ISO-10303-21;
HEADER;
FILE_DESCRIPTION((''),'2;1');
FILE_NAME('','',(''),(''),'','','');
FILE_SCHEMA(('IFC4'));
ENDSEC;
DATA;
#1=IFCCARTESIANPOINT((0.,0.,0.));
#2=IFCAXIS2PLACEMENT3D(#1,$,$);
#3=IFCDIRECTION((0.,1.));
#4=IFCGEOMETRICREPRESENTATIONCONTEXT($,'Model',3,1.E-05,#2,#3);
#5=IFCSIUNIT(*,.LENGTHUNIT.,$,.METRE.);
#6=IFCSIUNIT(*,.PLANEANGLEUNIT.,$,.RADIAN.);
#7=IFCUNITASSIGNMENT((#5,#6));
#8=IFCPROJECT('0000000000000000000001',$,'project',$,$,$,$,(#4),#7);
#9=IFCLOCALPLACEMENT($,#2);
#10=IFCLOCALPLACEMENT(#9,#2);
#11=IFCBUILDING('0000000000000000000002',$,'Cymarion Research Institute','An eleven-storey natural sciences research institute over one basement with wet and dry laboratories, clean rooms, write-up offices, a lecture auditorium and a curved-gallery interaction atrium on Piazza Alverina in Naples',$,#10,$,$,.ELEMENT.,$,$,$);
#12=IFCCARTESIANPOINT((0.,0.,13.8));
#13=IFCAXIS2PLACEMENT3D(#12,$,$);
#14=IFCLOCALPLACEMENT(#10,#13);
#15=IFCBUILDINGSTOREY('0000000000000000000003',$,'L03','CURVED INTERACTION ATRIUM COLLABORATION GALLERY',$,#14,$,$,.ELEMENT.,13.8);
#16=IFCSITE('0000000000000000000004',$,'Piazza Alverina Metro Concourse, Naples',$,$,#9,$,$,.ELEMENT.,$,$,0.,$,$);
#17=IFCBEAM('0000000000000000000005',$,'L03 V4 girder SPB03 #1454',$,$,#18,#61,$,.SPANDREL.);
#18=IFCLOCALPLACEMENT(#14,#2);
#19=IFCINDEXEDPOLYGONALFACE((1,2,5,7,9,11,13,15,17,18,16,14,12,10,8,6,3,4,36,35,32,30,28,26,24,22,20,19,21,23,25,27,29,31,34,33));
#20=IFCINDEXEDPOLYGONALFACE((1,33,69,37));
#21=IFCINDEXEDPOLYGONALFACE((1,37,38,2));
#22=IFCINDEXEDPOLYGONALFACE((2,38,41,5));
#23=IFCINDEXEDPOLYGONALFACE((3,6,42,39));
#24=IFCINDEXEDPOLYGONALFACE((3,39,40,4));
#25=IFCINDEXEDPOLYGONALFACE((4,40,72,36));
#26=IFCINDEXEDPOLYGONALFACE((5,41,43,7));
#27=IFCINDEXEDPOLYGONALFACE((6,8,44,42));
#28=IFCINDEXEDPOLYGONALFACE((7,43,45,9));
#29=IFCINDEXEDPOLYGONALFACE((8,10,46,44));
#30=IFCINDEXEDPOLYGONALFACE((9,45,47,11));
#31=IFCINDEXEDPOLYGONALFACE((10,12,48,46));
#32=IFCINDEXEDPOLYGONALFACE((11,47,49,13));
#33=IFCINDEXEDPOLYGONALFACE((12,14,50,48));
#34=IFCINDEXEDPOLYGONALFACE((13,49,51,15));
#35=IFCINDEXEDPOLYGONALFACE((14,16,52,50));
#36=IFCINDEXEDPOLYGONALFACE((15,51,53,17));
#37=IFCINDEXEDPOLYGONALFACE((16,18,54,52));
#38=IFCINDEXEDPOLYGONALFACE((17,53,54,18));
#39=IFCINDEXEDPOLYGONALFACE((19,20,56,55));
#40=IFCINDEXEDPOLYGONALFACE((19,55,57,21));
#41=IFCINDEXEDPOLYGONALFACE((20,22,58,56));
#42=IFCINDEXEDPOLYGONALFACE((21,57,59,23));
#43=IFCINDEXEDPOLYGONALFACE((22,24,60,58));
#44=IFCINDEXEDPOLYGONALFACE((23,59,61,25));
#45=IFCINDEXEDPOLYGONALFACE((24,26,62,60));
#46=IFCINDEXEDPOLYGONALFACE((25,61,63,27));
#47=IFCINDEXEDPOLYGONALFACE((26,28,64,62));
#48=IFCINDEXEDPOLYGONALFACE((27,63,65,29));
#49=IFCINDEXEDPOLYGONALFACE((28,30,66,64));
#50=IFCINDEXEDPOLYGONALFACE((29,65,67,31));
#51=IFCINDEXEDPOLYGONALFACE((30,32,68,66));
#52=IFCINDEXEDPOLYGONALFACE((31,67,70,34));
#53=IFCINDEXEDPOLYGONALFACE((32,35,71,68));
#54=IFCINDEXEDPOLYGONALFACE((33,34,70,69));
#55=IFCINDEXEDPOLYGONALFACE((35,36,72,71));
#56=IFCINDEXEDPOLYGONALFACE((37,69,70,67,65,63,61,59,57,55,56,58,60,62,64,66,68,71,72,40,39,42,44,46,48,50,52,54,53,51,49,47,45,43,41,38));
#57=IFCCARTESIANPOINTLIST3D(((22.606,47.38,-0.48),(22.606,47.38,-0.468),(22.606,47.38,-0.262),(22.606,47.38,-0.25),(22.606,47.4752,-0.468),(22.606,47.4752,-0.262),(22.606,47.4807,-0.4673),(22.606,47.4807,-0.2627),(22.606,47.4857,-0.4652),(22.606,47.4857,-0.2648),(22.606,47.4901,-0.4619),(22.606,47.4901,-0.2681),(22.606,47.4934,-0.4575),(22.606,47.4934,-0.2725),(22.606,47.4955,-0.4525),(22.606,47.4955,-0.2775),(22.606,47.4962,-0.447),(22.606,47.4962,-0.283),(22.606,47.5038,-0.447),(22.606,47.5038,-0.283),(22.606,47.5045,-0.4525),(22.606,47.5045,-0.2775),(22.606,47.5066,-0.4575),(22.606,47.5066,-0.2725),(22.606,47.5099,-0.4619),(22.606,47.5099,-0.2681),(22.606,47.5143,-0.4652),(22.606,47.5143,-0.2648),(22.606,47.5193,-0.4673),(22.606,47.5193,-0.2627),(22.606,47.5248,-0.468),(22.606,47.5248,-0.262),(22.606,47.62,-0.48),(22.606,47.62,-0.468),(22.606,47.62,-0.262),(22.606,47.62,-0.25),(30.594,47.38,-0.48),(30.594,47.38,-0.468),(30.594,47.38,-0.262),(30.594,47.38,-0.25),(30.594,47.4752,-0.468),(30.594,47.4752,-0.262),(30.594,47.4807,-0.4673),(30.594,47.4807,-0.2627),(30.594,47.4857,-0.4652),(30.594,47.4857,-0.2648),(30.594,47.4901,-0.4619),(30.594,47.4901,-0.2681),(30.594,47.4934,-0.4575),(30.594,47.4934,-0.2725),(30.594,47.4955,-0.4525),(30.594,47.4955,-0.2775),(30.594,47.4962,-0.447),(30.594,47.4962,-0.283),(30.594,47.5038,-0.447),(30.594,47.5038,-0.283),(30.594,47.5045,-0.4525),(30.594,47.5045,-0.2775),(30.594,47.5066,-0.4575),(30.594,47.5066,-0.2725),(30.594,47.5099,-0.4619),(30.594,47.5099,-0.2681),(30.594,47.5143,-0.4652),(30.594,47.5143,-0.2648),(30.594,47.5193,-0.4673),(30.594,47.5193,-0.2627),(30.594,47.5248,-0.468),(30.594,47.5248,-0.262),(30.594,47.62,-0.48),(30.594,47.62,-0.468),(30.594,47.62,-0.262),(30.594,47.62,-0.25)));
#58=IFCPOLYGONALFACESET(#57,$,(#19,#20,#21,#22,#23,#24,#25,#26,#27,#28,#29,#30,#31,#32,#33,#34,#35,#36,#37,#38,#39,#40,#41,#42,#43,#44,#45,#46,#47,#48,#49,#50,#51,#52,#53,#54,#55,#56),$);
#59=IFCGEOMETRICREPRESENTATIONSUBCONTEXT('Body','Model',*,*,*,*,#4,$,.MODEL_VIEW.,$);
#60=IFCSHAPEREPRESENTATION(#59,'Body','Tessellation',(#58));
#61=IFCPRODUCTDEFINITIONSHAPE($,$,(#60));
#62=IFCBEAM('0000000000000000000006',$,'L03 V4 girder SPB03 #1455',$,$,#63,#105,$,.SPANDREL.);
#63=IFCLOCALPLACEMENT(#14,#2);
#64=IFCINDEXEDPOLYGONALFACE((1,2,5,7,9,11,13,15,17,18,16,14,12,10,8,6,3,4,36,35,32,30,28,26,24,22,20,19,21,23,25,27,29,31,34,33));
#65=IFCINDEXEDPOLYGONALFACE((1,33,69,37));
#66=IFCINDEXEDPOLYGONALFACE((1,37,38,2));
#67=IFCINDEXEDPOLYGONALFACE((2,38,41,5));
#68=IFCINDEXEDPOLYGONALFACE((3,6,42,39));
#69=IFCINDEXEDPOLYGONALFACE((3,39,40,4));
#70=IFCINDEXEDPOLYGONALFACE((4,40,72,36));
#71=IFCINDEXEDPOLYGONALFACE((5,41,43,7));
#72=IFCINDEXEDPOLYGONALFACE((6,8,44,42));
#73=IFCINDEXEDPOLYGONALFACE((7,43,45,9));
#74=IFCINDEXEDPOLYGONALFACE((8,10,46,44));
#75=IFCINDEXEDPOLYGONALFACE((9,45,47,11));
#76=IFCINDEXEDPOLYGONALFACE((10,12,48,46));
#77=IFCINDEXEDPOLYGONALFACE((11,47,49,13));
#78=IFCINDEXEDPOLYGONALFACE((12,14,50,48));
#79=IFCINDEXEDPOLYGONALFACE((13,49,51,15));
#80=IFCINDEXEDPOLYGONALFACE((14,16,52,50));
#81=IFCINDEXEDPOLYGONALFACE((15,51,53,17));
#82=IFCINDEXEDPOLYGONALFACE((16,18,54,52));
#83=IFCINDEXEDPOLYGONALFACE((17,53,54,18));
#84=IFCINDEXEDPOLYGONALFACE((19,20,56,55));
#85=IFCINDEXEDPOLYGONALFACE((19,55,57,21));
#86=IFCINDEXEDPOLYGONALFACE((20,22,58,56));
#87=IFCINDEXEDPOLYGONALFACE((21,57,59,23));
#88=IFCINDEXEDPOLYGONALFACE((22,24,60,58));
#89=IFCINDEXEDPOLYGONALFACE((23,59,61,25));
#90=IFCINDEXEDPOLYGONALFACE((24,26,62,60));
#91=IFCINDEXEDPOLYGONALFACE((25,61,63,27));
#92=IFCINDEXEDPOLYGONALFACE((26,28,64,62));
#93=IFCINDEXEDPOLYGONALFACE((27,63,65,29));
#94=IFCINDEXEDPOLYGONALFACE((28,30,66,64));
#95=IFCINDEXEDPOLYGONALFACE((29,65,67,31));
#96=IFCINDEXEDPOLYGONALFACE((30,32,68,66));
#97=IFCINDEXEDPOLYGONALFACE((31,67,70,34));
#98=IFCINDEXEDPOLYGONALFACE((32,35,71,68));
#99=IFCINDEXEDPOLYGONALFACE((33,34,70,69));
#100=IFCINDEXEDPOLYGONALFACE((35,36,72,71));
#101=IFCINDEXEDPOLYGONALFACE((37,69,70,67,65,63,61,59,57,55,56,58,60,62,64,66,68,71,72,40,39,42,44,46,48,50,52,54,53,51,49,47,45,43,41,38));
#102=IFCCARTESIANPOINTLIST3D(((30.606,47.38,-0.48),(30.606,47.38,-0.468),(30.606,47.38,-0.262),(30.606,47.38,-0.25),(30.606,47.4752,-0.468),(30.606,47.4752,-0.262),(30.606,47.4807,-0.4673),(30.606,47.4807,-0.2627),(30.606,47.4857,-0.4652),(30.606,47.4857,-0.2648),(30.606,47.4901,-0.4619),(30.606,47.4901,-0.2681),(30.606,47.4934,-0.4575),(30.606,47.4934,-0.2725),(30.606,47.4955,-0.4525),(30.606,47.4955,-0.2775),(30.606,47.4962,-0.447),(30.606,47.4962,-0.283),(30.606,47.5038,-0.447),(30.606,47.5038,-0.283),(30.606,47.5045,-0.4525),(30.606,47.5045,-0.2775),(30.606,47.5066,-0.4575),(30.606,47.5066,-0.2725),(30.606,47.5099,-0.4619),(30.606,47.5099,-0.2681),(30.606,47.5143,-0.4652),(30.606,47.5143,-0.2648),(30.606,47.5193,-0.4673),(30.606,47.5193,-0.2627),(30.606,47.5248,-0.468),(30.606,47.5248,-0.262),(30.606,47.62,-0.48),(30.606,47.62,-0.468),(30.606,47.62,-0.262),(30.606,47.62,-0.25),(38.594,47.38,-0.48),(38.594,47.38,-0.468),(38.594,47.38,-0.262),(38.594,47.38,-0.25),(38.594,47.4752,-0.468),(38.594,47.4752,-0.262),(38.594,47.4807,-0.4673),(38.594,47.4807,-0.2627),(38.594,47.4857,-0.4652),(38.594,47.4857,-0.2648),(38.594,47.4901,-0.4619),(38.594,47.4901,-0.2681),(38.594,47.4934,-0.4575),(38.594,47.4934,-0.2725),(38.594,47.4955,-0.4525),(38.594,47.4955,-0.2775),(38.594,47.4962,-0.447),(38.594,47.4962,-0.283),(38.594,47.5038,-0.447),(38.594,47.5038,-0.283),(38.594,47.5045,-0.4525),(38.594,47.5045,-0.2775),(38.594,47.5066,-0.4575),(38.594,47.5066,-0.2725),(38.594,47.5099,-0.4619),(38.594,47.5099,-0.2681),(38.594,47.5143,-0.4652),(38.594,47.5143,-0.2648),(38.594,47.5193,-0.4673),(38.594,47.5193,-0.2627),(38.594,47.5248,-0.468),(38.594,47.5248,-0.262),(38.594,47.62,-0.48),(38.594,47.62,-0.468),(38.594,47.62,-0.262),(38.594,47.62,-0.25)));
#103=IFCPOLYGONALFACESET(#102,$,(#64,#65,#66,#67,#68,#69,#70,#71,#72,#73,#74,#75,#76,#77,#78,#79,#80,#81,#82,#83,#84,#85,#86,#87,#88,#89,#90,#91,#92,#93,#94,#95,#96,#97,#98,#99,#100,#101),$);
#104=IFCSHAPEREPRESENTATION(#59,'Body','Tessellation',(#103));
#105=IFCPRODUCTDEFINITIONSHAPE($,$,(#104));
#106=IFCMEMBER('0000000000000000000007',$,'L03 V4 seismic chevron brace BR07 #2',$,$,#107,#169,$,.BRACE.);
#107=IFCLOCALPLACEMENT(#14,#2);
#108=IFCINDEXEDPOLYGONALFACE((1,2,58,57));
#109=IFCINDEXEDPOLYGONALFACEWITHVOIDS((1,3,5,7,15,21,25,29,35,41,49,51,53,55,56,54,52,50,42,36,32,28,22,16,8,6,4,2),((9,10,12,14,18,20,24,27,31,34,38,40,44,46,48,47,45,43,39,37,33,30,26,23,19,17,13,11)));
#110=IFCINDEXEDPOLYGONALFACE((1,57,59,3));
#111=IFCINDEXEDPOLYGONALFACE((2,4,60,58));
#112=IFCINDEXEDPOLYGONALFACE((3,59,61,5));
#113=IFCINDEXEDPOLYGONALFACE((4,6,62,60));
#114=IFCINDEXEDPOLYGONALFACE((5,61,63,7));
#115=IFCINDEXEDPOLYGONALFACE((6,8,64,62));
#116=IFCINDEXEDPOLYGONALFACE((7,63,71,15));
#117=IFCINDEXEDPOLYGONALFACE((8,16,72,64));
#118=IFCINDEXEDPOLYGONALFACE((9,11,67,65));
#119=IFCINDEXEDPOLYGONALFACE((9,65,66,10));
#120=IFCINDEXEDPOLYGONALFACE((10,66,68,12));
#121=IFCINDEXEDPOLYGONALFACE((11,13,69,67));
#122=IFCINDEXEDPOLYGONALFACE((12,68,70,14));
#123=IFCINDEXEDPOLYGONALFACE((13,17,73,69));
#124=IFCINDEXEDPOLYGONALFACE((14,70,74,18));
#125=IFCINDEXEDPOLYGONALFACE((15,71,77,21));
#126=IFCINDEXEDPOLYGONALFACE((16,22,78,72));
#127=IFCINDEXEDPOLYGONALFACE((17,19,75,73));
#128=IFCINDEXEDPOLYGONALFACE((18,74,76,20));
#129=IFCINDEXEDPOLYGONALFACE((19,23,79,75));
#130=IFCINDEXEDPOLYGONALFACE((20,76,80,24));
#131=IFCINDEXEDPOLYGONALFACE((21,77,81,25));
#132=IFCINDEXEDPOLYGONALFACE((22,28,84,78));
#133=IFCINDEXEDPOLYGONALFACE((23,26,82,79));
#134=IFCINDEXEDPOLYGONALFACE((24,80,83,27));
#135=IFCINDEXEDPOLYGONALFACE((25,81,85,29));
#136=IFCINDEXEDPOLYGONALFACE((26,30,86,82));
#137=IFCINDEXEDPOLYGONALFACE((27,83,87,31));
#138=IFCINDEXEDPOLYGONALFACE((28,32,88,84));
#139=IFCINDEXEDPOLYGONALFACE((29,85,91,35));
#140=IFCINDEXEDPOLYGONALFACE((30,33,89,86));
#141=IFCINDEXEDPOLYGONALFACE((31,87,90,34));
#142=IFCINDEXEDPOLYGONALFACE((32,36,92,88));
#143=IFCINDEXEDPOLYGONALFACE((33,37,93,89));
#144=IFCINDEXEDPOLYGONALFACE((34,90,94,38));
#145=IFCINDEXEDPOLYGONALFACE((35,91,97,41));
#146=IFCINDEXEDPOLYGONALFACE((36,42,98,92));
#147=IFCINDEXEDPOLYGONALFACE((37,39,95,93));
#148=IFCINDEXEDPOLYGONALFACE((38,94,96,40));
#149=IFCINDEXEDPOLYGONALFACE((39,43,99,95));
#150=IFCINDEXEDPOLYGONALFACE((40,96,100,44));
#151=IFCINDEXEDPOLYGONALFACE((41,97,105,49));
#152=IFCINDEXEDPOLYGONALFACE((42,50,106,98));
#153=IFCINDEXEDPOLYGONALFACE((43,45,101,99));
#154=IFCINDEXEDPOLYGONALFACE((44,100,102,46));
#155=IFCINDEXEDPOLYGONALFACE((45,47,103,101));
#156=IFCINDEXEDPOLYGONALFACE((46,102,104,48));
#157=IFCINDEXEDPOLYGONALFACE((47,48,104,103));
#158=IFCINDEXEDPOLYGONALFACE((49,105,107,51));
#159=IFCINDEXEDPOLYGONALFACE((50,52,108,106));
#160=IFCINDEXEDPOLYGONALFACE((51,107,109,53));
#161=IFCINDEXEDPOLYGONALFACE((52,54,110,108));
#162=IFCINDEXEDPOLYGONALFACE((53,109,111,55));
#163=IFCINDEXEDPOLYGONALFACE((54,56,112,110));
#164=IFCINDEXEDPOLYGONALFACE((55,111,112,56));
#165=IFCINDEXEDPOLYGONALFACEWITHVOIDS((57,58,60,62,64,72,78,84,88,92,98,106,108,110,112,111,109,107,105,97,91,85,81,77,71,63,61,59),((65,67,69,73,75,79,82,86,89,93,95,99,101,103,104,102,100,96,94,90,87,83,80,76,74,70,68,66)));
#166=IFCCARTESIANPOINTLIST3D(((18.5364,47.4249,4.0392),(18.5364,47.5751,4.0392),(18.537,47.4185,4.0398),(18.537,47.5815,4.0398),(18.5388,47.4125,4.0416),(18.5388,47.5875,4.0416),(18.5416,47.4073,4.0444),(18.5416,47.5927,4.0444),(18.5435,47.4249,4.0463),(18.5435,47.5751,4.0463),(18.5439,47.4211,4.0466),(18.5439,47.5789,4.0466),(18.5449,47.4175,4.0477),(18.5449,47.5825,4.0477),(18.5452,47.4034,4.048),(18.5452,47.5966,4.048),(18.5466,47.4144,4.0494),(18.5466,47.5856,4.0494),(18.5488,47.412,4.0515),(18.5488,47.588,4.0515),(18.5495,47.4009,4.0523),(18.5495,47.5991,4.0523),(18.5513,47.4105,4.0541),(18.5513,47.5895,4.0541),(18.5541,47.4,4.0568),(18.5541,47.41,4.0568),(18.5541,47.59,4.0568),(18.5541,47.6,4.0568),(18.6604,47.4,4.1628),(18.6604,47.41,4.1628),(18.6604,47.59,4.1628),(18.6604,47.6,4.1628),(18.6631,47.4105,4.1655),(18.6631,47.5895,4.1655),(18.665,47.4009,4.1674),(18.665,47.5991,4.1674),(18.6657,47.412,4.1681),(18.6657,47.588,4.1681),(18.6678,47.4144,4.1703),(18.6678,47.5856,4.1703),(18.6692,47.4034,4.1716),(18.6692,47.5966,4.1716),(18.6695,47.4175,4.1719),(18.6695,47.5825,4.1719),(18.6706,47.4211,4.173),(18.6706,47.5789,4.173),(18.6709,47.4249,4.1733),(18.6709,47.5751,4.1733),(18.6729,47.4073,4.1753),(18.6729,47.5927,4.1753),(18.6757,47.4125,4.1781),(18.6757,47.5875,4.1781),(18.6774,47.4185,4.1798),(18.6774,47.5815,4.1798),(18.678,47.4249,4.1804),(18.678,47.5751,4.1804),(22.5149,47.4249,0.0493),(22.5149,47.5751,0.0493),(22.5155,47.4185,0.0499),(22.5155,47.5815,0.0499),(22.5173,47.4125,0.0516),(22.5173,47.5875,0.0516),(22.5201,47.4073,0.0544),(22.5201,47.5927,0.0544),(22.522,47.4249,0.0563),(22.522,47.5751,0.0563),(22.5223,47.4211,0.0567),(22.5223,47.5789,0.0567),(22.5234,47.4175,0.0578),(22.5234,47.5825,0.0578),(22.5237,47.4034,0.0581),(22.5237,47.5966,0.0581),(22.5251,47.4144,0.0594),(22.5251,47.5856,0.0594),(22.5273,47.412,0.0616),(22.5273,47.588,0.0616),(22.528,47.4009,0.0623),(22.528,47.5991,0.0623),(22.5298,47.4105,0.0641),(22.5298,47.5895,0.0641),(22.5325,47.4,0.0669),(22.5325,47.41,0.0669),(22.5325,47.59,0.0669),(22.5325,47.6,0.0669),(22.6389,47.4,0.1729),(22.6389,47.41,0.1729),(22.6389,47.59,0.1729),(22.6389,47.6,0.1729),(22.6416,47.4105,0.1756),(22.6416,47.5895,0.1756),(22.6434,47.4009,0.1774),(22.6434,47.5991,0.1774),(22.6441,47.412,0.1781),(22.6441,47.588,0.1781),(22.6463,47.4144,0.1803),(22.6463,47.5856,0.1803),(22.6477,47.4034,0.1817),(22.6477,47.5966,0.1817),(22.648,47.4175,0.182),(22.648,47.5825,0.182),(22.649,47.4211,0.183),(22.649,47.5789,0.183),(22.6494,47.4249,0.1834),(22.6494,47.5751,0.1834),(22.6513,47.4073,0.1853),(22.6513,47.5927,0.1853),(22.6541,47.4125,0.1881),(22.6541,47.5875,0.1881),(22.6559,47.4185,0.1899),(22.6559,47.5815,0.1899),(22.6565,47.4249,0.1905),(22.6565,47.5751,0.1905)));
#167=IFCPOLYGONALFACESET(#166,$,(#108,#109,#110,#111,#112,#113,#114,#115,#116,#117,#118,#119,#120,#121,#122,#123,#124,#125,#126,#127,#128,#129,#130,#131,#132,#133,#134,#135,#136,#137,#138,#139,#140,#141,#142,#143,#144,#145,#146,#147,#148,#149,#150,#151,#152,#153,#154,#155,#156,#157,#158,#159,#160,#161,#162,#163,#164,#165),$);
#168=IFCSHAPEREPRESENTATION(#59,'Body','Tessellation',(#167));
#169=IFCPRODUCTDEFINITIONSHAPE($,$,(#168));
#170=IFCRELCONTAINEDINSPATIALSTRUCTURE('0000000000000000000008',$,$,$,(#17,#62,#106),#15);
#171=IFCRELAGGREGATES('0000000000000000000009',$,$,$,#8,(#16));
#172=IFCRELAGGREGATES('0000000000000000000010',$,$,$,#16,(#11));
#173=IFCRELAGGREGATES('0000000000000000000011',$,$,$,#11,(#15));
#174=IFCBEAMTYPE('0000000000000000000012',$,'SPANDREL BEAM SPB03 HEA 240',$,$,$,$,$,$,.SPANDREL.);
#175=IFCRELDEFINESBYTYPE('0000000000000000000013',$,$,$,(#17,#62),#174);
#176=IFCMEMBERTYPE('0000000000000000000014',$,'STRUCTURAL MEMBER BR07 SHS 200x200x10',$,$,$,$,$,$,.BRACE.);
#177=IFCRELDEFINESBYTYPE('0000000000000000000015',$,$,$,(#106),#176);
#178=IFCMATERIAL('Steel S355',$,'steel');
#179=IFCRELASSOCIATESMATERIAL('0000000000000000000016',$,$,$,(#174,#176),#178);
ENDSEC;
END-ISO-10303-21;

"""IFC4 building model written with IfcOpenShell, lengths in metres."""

from ifc_helpers import new_model, si_unit, direction, frame, origin, origin_2d, place, context, subcontext, project, spatial, hollow_rectangle, i_section, extrude, material, material_profile, profile_set, type_object, element, save


model = new_model("IFC4")

# Units and contexts
model_context = context("Model", 3, precision=1e-05, world=origin(), true_north=direction((0.0, 1.0)))
body_context = subcontext(model_context, "Body", "Model", "MODEL_VIEW")
ifc_project = project(units=[si_unit("LENGTHUNIT", "METRE"), si_unit("PLANEANGLEUNIT", "RADIAN")], contexts=[model_context])

# Site, building, storey
site_placement = place(None, origin())
site = spatial("IfcSite", under=ifc_project, at=site_placement, Name="Piazza Alverina Metro Concourse, Naples", CompositionType="ELEMENT", RefElevation=0.0)
building_placement = place(site_placement, origin())
building = spatial("IfcBuilding", under=site, at=building_placement, Name="Cymarion Research Institute", Description="An eleven-storey natural sciences research institute over one basement with wet and dry laboratories, clean rooms, write-up offices, a lecture auditorium and a curved-gallery interaction atrium on Piazza Alverina in Naples", CompositionType="ELEMENT")
storey_placement = place(building_placement, frame((0.0, 0.0, 13.8)))
storey = spatial("IfcBuildingStorey", under=building, at=storey_placement, Name="L03", Description="CURVED INTERACTION ATRIUM COLLABORATION GALLERY", CompositionType="ELEMENT", Elevation=13.8)

# Shared definitions
ifc_material_1 = material(Name="Steel S355", Category="steel")

# Beams
ifc_material_profile_1 = material_profile(ifc_material_1, i_section(OverallWidth=0.24, OverallDepth=0.23, WebThickness=0.0076, FlangeThickness=0.012, FilletRadius=0.021, at=origin_2d()), Name="HEA 240")
ifc_profile_set_1 = profile_set([ifc_material_profile_1], Name="Steel S355")
beam_type_1 = type_object("IfcBeamType", Name="SPANDREL BEAM SPB03 HEA 240", PredefinedType="SPANDREL", material=ifc_profile_set_1)
for number, where, z_axis, x_axis, name in (
    (1, (22.606, 47.5, -0.365), (1.0, 0.0, 0.0), (0.0, 1.0, 0.0), "L03 V4 girder SPB03 #1454"),
    (2, (30.606, 47.5, -0.365), (1.0, 0.0, 0.0), (0.0, 1.0, 0.0), "L03 V4 girder SPB03 #1455"),
):
    element("IfcBeam", number, at=place(storey_placement, frame(where, z_axis=z_axis, x_axis=x_axis)), inside=storey, type_object=beam_type_1, Name=name, PredefinedType="SPANDREL", context=body_context, shape_type="SweptSolid", body=[
        extrude(i_section(OverallWidth=0.24, OverallDepth=0.23, WebThickness=0.0076, FlangeThickness=0.012, FilletRadius=0.021, at=origin_2d()), origin(), (0.0, 0.0, 1.0), 7.988),
    ])

# Member
ifc_material_profile_2 = material_profile(ifc_material_1, hollow_rectangle(XDim=0.2, YDim=0.2, WallThickness=0.01, InnerFilletRadius=0.0149, OuterFilletRadius=0.0249, at=origin_2d()), Name="SHS 200x200x10")
ifc_profile_set_2 = profile_set([ifc_material_profile_2], Name="Steel S355")
member_type_1 = type_object("IfcMemberType", Name="STRUCTURAL MEMBER BR07 SHS 200x200x10", PredefinedType="BRACE", material=ifc_profile_set_2)
member_1_placement = place(storey_placement, frame((22.5857, 47.5, 0.1199), z_axis=(-0.706088, 0.0, 0.708124), x_axis=(0.0, -1.0, 0.0)))
element("IfcMember", 3, at=member_1_placement, inside=storey, type_object=member_type_1, Name="L03 V4 seismic chevron brace BR07 #2", PredefinedType="BRACE", context=body_context, shape_type="SweptSolid", body=[
    extrude(hollow_rectangle(XDim=0.2, YDim=0.2, WallThickness=0.01, InnerFilletRadius=0.0149, OuterFilletRadius=0.0249, at=origin_2d()), origin(), (0.0, 0.0, 1.0), 5.6345),
])

save(model, "model.ifc")
